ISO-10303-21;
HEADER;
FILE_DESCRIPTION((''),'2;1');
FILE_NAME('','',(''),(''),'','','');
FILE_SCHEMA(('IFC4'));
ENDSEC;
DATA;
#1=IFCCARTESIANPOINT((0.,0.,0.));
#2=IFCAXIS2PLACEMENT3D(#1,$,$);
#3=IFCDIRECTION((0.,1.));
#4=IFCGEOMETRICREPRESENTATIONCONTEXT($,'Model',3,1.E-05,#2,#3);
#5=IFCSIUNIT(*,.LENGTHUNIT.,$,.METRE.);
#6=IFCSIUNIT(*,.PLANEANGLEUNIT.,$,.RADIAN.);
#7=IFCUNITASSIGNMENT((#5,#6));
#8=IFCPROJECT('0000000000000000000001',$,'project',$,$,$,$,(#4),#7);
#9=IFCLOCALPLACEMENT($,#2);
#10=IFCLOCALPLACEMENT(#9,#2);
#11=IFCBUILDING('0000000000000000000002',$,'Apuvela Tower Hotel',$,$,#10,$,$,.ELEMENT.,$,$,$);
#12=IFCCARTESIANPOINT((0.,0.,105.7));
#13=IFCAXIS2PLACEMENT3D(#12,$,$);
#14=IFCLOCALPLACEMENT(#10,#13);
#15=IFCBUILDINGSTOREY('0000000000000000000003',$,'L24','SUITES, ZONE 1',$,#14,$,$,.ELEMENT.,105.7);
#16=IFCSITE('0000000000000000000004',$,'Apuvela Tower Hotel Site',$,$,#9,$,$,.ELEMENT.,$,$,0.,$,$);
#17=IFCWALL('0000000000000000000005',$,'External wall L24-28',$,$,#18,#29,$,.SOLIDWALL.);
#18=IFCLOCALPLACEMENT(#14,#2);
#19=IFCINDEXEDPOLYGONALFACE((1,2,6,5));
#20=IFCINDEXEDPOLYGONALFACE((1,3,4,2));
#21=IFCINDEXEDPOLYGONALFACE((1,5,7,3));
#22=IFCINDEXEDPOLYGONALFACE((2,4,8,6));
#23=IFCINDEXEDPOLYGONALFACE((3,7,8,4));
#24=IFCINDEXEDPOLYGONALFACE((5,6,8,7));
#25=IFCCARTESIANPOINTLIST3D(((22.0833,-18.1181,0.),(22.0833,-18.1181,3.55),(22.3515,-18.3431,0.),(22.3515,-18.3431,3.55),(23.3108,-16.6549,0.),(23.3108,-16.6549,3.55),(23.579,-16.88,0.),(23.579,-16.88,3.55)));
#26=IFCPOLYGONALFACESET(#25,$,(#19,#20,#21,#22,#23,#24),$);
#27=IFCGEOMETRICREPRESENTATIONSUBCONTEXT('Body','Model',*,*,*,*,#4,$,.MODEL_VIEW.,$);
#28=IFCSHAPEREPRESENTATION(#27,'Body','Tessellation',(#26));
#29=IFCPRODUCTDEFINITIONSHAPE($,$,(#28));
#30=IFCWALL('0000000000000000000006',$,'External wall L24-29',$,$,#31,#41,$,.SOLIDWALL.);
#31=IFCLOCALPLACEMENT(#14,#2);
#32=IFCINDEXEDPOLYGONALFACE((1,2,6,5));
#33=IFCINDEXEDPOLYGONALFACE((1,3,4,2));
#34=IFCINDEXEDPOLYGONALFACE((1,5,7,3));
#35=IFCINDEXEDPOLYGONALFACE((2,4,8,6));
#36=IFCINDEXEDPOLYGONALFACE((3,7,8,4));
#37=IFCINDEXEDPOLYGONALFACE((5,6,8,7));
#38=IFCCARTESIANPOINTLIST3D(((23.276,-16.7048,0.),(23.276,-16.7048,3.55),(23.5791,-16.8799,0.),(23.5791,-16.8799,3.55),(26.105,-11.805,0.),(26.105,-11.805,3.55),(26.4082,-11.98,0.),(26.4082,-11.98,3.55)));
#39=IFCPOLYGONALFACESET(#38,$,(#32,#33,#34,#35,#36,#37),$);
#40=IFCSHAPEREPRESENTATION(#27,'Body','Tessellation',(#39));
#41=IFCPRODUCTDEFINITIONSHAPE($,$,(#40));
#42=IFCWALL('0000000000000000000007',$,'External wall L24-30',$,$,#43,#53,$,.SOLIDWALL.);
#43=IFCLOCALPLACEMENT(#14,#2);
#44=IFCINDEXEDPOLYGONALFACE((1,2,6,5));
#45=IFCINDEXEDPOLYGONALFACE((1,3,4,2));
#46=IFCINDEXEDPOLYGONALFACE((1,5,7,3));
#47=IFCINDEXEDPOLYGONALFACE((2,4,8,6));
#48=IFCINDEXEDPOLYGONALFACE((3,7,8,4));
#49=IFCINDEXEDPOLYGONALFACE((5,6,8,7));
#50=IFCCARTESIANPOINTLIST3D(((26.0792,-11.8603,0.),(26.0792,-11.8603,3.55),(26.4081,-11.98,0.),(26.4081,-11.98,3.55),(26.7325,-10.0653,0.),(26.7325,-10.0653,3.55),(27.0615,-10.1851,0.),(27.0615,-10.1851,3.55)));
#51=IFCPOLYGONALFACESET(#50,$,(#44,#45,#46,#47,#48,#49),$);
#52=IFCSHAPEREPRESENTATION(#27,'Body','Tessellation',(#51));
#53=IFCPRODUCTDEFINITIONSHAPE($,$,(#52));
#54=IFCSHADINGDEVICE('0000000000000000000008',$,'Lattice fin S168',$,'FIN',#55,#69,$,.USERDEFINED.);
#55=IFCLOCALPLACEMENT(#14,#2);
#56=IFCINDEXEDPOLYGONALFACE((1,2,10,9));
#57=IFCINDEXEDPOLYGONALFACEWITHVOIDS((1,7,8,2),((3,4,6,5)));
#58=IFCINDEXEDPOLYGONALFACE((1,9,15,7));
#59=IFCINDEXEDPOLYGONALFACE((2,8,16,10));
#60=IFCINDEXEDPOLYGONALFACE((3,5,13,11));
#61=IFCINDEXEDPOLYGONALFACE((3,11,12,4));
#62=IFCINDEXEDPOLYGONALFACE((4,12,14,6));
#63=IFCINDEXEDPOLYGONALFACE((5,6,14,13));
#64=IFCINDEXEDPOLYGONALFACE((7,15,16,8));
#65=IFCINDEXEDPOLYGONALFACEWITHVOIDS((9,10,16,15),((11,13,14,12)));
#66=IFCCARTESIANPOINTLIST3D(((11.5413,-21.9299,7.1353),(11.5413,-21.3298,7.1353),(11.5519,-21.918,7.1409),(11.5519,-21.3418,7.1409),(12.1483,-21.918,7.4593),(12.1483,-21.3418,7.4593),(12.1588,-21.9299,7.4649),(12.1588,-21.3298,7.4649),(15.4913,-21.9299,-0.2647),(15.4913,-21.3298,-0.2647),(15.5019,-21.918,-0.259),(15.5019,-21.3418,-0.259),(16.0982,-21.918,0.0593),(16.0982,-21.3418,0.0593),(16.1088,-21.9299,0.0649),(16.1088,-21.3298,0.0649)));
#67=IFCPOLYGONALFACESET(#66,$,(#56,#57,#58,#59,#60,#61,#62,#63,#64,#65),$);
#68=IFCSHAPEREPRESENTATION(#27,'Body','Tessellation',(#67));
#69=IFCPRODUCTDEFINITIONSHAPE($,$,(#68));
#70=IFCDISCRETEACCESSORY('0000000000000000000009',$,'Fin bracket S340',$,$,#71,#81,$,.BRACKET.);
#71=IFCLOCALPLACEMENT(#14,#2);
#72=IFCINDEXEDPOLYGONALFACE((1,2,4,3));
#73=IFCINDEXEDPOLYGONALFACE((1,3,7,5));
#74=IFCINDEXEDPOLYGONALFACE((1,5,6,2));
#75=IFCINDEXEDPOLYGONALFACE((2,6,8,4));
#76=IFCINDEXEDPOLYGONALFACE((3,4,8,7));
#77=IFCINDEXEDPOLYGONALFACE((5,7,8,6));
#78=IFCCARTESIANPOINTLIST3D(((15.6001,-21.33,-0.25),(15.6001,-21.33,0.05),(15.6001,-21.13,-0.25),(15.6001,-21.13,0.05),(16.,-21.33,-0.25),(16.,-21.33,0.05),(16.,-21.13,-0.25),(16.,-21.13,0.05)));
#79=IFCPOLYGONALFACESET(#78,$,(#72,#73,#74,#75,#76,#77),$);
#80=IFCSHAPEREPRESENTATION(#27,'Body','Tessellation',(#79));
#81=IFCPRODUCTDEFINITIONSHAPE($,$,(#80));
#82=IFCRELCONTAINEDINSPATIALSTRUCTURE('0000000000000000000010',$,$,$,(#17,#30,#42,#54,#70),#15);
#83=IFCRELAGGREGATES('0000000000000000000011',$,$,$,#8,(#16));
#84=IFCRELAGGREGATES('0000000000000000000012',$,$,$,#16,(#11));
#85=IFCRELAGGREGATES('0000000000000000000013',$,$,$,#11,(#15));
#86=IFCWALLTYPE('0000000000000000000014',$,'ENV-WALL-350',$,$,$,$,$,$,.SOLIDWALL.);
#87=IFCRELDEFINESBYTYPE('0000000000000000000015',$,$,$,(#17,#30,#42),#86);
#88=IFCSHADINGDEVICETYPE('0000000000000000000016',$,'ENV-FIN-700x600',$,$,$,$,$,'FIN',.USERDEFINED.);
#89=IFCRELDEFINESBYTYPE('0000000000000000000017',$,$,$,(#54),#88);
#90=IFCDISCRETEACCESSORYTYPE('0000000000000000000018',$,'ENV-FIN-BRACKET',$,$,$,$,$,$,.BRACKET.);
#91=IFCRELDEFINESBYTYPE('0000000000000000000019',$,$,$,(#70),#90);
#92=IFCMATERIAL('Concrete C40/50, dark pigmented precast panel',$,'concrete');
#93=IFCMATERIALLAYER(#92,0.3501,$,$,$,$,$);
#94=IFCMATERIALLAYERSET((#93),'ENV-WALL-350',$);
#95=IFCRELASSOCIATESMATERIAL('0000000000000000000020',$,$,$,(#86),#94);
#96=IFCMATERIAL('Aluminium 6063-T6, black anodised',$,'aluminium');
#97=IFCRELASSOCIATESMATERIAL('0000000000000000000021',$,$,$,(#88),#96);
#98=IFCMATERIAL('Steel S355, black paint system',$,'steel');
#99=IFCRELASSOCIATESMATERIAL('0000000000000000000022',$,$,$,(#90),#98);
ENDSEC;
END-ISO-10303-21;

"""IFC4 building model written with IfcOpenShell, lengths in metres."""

from ifc_helpers import new_model, si_unit, direction, frame, frame_2d, origin, origin_2d, place, context, subcontext, project, spatial, rectangle, hollow_rectangle, extrude, material, layer, layer_set, material_profile, profile_set, type_object, element, save


model = new_model("IFC4")

# Units and contexts
model_context = context("Model", 3, precision=1e-05, world=origin(), true_north=direction((0.0, 1.0)))
body_context = subcontext(model_context, "Body", "Model", "MODEL_VIEW")
ifc_project = project(units=[si_unit("LENGTHUNIT", "METRE"), si_unit("PLANEANGLEUNIT", "RADIAN")], contexts=[model_context])

# Site, building, storey
site_placement = place(None, origin())
site = spatial("IfcSite", under=ifc_project, at=site_placement, Name="Apuvela Tower Hotel Site", CompositionType="ELEMENT", RefElevation=0.0)
building_placement = place(site_placement, origin())
building = spatial("IfcBuilding", under=site, at=building_placement, Name="Apuvela Tower Hotel", CompositionType="ELEMENT")
storey_placement = place(building_placement, frame((0.0, 0.0, 105.7)))
storey = spatial("IfcBuildingStorey", under=building, at=storey_placement, Name="L24", Description="SUITES, ZONE 1", CompositionType="ELEMENT", Elevation=105.7)

# Shared definitions
ifc_material_1 = material(Name="Concrete C40/50, dark pigmented precast panel", Category="concrete")
ifc_layer_1 = layer(ifc_material_1, 0.3501)
ifc_layer_set_1 = layer_set([ifc_layer_1], Name="ENV-WALL-350")
wall_type_1 = type_object("IfcWallType", Name="ENV-WALL-350", PredefinedType="SOLIDWALL", material=ifc_layer_set_1)

# Walls
for number, where, z_axis, x_axis, name in (
    (1, (22.2173, -18.2307, 0.0), (0.0, 0.0, 1.0), (0.642733, 0.76609, 0.0), "External wall L24-28"),
):
    element("IfcWall", number, at=place(storey_placement, frame(where, z_axis=z_axis, x_axis=x_axis)), inside=storey, type_object=wall_type_1, Name=name, PredefinedType="SOLIDWALL", context=body_context, shape_type="SweptSolid", body=[
        extrude(rectangle(XDim=1.9099, YDim=0.3501, at=frame_2d((0.9551, 0.0))), origin(), (0.0, 0.0, 1.0), 3.55),
    ])
wall_1_placement = place(storey_placement, frame((23.4275, -16.7925, 0.0), z_axis=(0.0, 0.0, 1.0), x_axis=(0.500019, 0.866015, 0.0)))
element("IfcWall", 2, at=wall_1_placement, inside=storey, type_object=wall_type_1, Name="External wall L24-29", PredefinedType="SOLIDWALL", context=body_context, shape_type="SweptSolid", body=[
    extrude(rectangle(XDim=5.658, YDim=0.3501, at=frame_2d((2.8291, 0.0))), origin(), (0.0, 0.0, 1.0), 3.55),
])
wall_2_placement = place(storey_placement, frame((26.2437, -11.9202, 0.0), z_axis=(0.0, 0.0, 1.0), x_axis=(0.34203, 0.939689, 0.0)))
element("IfcWall", 3, at=wall_2_placement, inside=storey, type_object=wall_type_1, Name="External wall L24-30", PredefinedType="SOLIDWALL", context=body_context, shape_type="SweptSolid", body=[
    extrude(rectangle(XDim=1.9102, YDim=0.3501, at=frame_2d((0.9551, 0.0))), origin(), (0.0, 0.0, 1.0), 3.55),
])

# Shading device
ifc_material_2 = material(Name="Aluminium 6063-T6, black anodised", Category="aluminium")
ifc_material_profile_1 = material_profile(ifc_material_2, hollow_rectangle(XDim=0.6001, YDim=0.7, WallThickness=0.012, at=origin_2d()), Name="AL BOX 700x600x12")
ifc_profile_set_1 = profile_set([ifc_material_profile_1], Name="Aluminium 6063-T6, black anodised")
shading_device_type = type_object("IfcShadingDeviceType", Name="ENV-FIN-700x600", ElementType="FIN", PredefinedType="USERDEFINED", material=ifc_profile_set_1)
shading_device_placement = place(storey_placement, frame((15.8, -21.6299, -0.0999), z_axis=(-0.470898, 0.0, 0.882188), x_axis=(0.0, -1.0, 0.0)))
element("IfcShadingDevice", 4, at=shading_device_placement, inside=storey, type_object=shading_device_type, Name="Lattice fin S168", ObjectType="FIN", PredefinedType="USERDEFINED", context=body_context, shape_type="SweptSolid", body=[
    extrude(hollow_rectangle(XDim=0.6001, YDim=0.7, WallThickness=0.012, at=origin_2d()), origin(), (0.0, 0.0, 1.0), 8.3882),
])

# Discrete accessory
ifc_material_3 = material(Name="Steel S355, black paint system", Category="steel")
discrete_accessory_type = type_object("IfcDiscreteAccessoryType", Name="ENV-FIN-BRACKET", PredefinedType="BRACKET", material=ifc_material_3)
discrete_accessory_placement = place(storey_placement, frame((15.8, -21.23, -0.25), z_axis=(0.0, 0.0, 1.0), x_axis=(1.0, 0.0, 0.0)))
element("IfcDiscreteAccessory", 5, at=discrete_accessory_placement, inside=storey, type_object=discrete_accessory_type, Name="Fin bracket S340", PredefinedType="BRACKET", context=body_context, shape_type="SweptSolid", body=[
    extrude(rectangle(XDim=0.3999, YDim=0.2, at=origin_2d()), origin(), (0.0, 0.0, 1.0), 0.3),
])

save(model, "model.ifc")
